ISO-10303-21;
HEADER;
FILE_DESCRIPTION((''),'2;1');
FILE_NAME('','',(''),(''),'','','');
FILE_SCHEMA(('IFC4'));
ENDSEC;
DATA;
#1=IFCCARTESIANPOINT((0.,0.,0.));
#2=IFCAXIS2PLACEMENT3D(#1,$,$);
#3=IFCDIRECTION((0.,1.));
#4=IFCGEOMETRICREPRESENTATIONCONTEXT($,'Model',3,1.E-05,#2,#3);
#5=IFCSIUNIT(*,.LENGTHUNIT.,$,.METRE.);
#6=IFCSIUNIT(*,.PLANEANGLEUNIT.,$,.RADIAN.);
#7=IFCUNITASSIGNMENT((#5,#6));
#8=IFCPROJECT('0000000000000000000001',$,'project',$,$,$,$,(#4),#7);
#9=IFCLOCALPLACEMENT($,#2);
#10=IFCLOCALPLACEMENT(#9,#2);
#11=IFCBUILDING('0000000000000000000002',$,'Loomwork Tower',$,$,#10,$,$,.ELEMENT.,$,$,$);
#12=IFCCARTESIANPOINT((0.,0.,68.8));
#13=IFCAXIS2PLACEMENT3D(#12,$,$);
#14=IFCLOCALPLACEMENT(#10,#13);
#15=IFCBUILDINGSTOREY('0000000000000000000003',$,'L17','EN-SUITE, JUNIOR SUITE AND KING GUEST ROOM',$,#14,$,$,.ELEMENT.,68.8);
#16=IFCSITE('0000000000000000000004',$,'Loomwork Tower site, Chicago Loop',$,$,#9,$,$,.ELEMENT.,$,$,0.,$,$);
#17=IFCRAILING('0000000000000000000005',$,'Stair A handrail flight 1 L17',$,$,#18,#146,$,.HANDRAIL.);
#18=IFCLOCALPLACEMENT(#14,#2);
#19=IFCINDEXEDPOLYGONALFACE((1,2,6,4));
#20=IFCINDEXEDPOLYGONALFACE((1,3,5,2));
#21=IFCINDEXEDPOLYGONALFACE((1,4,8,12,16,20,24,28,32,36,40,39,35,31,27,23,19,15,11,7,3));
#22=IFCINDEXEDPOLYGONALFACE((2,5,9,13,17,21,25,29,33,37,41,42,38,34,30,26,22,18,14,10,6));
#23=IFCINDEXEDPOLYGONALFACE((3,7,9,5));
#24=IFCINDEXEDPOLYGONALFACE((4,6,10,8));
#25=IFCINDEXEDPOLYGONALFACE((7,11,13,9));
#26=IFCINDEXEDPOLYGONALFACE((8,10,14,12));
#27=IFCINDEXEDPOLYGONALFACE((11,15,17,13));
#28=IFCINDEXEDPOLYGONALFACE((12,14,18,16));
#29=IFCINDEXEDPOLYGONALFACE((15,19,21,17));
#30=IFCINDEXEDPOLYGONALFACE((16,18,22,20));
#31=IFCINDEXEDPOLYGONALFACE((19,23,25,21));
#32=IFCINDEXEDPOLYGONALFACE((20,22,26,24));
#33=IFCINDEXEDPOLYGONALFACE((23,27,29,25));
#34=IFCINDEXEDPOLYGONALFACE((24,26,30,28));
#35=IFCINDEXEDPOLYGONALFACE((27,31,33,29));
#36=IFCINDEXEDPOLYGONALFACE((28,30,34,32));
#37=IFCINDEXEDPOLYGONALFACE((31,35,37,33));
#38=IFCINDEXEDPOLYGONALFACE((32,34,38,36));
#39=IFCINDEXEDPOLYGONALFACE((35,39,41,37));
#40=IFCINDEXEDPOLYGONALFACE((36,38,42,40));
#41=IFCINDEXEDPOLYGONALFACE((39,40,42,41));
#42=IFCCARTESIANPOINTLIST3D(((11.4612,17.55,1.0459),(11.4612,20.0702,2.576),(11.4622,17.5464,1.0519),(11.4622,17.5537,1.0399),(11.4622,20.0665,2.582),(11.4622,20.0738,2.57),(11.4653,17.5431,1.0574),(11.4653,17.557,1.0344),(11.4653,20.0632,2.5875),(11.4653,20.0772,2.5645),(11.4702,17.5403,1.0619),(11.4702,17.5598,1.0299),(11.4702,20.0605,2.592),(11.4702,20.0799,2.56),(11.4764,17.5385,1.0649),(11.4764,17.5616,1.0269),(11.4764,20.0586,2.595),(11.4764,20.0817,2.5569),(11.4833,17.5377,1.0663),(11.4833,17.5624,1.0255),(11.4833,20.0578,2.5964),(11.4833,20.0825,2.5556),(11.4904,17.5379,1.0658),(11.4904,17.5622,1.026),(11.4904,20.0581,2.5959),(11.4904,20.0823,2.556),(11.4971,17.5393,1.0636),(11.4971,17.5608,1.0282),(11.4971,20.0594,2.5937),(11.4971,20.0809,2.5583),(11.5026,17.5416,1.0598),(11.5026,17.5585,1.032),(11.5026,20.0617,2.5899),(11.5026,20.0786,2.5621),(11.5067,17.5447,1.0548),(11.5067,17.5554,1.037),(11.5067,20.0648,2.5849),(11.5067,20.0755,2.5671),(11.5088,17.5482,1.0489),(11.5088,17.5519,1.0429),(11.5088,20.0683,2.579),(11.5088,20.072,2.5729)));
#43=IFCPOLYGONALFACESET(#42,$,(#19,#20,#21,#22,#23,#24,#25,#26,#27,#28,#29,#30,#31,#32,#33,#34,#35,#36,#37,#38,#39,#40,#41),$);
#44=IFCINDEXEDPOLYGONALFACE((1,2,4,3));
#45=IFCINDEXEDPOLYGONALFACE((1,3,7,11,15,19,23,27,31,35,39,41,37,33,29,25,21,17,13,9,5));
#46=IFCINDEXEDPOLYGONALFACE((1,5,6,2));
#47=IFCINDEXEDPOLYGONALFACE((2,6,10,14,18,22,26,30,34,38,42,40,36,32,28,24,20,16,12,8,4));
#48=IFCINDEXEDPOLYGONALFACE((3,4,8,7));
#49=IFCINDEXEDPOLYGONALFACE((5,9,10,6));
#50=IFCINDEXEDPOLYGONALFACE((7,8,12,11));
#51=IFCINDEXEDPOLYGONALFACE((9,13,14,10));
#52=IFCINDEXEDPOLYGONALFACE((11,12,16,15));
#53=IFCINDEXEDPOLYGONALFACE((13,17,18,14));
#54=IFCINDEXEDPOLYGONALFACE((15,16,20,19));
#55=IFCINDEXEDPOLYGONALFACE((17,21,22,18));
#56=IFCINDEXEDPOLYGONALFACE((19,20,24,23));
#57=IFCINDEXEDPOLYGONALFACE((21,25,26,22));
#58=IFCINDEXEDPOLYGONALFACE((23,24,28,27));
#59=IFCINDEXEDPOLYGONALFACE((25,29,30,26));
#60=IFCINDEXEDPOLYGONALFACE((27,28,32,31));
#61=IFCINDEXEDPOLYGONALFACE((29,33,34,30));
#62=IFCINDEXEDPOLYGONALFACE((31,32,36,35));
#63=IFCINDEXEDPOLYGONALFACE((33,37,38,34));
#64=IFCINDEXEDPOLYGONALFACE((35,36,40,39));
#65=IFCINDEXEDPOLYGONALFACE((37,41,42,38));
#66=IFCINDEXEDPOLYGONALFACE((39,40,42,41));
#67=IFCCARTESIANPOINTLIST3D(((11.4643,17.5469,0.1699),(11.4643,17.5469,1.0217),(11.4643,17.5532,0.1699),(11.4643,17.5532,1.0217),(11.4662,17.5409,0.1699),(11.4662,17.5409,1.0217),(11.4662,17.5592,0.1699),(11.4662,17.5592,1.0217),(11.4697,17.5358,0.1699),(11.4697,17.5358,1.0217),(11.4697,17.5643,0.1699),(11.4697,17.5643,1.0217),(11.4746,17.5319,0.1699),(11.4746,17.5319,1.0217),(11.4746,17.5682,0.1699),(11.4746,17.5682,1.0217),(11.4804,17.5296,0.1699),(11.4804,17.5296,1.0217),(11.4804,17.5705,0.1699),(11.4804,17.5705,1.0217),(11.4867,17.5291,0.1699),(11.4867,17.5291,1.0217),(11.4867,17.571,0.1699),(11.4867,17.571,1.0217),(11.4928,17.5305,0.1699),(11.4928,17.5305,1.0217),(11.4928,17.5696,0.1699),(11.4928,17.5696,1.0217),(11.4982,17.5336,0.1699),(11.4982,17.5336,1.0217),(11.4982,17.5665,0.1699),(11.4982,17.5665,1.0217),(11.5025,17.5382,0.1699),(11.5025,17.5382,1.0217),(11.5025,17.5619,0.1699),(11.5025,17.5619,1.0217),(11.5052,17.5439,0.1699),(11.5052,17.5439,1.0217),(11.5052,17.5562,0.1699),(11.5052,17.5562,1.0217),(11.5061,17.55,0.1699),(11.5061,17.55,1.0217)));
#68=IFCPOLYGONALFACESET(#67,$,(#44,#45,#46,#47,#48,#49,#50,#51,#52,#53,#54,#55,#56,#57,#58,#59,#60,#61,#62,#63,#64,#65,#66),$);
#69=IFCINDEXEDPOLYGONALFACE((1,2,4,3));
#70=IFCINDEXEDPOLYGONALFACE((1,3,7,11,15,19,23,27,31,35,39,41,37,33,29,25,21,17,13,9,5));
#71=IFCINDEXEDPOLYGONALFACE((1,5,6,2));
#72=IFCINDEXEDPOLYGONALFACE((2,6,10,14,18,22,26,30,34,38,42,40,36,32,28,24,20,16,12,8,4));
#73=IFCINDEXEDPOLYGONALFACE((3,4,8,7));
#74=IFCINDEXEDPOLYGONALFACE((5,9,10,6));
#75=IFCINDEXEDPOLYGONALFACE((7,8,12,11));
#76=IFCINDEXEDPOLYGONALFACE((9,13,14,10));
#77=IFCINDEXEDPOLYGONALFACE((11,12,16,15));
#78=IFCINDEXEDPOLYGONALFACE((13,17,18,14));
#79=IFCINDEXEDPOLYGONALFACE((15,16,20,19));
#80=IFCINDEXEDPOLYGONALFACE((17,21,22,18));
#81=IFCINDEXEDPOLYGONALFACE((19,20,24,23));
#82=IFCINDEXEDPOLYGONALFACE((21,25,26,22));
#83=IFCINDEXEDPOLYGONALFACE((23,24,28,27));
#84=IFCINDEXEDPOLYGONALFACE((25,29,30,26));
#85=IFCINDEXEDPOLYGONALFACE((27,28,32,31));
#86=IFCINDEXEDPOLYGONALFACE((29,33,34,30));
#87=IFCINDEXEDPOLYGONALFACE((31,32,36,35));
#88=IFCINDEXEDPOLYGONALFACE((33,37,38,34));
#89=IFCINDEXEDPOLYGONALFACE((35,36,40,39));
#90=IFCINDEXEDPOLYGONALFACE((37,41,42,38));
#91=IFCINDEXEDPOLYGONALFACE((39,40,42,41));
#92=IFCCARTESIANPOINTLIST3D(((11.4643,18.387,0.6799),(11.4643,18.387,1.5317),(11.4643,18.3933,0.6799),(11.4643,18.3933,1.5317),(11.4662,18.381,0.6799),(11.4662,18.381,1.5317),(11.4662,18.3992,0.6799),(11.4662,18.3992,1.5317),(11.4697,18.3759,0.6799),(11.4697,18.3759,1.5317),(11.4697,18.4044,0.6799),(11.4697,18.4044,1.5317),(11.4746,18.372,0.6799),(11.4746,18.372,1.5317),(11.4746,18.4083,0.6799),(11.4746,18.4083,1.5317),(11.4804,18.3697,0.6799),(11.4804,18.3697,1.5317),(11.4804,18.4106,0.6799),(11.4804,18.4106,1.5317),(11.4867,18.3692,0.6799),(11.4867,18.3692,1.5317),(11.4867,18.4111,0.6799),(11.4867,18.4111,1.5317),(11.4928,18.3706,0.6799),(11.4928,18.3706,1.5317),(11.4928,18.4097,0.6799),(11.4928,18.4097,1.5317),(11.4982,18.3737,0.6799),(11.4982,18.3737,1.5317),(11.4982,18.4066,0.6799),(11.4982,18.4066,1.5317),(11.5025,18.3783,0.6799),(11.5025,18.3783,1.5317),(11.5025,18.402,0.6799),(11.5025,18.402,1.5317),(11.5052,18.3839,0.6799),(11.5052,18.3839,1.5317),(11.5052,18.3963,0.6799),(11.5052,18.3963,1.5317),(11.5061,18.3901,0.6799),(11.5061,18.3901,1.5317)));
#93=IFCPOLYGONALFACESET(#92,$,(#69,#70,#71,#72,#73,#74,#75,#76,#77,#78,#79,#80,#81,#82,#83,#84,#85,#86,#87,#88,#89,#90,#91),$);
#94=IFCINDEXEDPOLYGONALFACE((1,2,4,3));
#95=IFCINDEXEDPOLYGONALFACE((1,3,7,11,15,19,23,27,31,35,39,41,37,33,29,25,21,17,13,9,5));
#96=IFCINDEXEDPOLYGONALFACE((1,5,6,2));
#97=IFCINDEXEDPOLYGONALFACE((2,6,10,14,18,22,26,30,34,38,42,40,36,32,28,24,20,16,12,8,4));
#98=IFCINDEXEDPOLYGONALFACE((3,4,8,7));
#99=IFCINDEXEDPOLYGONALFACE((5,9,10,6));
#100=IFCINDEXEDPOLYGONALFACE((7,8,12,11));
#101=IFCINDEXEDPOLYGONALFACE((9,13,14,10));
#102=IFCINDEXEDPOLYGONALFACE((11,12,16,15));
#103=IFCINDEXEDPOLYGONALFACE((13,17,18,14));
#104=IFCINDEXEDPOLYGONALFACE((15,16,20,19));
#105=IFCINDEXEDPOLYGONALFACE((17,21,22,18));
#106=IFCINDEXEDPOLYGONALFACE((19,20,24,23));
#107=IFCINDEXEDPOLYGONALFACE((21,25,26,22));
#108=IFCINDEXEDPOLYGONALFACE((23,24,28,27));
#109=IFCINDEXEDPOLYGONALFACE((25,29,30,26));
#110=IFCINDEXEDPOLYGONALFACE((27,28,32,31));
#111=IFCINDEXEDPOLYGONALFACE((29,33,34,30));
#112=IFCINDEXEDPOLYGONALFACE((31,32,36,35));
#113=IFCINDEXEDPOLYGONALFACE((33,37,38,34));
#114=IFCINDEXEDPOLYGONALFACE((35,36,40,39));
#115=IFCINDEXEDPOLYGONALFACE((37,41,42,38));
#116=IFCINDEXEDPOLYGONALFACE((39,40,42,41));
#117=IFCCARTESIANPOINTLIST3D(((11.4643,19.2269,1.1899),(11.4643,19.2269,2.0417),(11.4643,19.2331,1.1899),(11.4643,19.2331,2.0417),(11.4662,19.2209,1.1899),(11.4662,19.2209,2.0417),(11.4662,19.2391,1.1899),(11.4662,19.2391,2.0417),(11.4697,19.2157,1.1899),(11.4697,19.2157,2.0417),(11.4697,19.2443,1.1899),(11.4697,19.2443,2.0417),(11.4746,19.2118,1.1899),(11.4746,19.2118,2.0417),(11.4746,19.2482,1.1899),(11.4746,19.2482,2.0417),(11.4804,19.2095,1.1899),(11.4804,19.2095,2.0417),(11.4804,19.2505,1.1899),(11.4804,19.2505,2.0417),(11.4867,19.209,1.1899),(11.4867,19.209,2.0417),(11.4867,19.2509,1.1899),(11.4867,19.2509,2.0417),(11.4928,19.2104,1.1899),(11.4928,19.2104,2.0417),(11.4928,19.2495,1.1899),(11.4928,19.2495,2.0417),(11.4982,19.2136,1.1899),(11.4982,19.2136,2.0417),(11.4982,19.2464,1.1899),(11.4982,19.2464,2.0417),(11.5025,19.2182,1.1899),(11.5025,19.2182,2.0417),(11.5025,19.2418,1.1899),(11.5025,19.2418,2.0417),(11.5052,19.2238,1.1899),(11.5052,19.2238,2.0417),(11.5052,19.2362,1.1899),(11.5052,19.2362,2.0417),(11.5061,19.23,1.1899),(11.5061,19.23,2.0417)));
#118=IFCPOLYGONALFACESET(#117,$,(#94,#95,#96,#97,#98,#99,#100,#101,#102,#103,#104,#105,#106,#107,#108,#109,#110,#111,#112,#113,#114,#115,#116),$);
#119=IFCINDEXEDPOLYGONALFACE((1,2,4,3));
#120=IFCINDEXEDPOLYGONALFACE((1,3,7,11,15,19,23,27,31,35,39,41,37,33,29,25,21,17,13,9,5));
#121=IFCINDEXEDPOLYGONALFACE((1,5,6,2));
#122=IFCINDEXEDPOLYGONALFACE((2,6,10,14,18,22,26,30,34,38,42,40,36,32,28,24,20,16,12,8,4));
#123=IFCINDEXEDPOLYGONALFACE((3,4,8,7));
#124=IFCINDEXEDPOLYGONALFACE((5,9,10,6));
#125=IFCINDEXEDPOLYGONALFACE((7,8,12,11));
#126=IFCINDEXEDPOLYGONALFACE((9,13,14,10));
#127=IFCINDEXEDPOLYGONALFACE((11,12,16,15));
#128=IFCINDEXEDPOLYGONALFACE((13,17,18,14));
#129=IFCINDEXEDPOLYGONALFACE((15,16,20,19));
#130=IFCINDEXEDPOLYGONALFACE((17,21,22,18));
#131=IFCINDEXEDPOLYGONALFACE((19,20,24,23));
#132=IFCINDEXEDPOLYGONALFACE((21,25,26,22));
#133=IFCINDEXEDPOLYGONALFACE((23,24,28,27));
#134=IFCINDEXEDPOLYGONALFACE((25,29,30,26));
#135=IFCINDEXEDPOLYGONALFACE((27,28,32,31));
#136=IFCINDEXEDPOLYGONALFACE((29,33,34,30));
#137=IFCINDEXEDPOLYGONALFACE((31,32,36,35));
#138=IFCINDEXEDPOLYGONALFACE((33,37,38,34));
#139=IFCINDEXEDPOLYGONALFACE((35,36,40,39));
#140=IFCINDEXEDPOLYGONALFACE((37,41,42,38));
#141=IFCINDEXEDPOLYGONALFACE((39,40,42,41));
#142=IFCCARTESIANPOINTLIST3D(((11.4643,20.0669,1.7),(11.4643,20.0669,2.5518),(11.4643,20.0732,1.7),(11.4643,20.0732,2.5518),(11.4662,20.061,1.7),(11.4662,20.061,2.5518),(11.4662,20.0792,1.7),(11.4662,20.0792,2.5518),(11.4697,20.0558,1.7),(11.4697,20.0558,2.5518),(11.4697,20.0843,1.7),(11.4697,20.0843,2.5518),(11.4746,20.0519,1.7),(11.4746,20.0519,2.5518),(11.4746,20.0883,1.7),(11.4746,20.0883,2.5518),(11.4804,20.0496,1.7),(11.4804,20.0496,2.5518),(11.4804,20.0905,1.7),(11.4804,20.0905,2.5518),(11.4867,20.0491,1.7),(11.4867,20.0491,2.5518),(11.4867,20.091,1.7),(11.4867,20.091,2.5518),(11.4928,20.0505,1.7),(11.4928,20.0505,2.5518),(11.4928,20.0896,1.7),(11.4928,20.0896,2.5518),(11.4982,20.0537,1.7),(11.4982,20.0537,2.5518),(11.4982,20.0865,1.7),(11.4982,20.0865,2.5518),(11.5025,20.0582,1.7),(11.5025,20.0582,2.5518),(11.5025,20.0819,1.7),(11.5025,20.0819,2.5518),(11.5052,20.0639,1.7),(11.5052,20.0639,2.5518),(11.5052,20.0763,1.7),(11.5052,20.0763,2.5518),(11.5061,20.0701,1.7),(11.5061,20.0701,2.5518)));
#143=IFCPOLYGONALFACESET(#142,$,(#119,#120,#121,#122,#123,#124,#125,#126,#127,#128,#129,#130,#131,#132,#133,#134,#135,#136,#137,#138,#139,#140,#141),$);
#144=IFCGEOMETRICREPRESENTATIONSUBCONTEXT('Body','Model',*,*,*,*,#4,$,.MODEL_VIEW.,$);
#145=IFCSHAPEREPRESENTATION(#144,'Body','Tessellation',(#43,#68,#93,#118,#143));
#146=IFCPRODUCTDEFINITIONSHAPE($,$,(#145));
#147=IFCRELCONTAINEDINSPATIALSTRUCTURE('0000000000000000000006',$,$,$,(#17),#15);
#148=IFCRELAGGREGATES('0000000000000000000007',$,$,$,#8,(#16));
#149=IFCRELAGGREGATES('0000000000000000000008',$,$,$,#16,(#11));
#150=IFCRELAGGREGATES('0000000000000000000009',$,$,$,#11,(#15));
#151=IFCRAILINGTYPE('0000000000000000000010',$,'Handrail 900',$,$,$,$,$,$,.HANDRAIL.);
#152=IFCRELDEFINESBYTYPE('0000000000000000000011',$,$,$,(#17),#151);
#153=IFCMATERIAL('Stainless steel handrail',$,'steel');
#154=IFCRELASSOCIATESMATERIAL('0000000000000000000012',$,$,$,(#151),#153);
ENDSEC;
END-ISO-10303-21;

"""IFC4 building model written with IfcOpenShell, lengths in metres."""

from ifc_helpers import new_model, si_unit, direction, frame, origin, origin_2d, place, context, subcontext, project, spatial, circle, extrude, material, type_object, element, save


model = new_model("IFC4")

# Units and contexts
model_context = context("Model", 3, precision=1e-05, world=origin(), true_north=direction((0.0, 1.0)))
body_context = subcontext(model_context, "Body", "Model", "MODEL_VIEW")
ifc_project = project(units=[si_unit("LENGTHUNIT", "METRE"), si_unit("PLANEANGLEUNIT", "RADIAN")], contexts=[model_context])

# Site, building, storey
site_placement = place(None, origin())
site = spatial("IfcSite", under=ifc_project, at=site_placement, Name="Loomwork Tower site, Chicago Loop", CompositionType="ELEMENT", RefElevation=0.0)
building_placement = place(site_placement, origin())
building = spatial("IfcBuilding", under=site, at=building_placement, Name="Loomwork Tower", CompositionType="ELEMENT")
storey_placement = place(building_placement, frame((0.0, 0.0, 68.8)))
storey = spatial("IfcBuildingStorey", under=building, at=storey_placement, Name="L17", Description="EN-SUITE, JUNIOR SUITE AND KING GUEST ROOM", CompositionType="ELEMENT", Elevation=68.8)

# Railing
ifc_material_1 = material(Name="Stainless steel handrail", Category="steel")
railing_type = type_object("IfcRailingType", Name="Handrail 900", PredefinedType="HANDRAIL", material=ifc_material_1)
railing_1_placement = place(storey_placement, frame((11.4851, 17.55, 0.1699)))
element("IfcRailing", 1, at=railing_1_placement, inside=storey, type_object=railing_type, Name="Stair A handrail flight 1 L17", PredefinedType="HANDRAIL", context=body_context, shape_type="SweptSolid", body=[
    extrude(circle(Radius=0.0239, at=origin_2d()), frame((0.0, 0.0, 0.876), z_axis=(0.0, 0.854785, 0.518982), x_axis=(-1.0, 0.0, 0.0)), (0.0, 0.0, 1.0), 2.9482),
    extrude(circle(Radius=0.021, at=origin_2d()), origin(), (0.0, 0.0, 1.0), 0.8518),
    extrude(circle(Radius=0.021, at=origin_2d()), frame((0.0, 0.8401, 0.51)), (0.0, 0.0, 1.0), 0.8518),
    extrude(circle(Radius=0.021, at=origin_2d()), frame((0.0, 1.6799, 1.02)), (0.0, 0.0, 1.0), 0.8518),
    extrude(circle(Radius=0.021, at=origin_2d()), frame((0.0, 2.52, 1.53)), (0.0, 0.0, 1.0), 0.8518),
])

save(model, "model.ifc")
